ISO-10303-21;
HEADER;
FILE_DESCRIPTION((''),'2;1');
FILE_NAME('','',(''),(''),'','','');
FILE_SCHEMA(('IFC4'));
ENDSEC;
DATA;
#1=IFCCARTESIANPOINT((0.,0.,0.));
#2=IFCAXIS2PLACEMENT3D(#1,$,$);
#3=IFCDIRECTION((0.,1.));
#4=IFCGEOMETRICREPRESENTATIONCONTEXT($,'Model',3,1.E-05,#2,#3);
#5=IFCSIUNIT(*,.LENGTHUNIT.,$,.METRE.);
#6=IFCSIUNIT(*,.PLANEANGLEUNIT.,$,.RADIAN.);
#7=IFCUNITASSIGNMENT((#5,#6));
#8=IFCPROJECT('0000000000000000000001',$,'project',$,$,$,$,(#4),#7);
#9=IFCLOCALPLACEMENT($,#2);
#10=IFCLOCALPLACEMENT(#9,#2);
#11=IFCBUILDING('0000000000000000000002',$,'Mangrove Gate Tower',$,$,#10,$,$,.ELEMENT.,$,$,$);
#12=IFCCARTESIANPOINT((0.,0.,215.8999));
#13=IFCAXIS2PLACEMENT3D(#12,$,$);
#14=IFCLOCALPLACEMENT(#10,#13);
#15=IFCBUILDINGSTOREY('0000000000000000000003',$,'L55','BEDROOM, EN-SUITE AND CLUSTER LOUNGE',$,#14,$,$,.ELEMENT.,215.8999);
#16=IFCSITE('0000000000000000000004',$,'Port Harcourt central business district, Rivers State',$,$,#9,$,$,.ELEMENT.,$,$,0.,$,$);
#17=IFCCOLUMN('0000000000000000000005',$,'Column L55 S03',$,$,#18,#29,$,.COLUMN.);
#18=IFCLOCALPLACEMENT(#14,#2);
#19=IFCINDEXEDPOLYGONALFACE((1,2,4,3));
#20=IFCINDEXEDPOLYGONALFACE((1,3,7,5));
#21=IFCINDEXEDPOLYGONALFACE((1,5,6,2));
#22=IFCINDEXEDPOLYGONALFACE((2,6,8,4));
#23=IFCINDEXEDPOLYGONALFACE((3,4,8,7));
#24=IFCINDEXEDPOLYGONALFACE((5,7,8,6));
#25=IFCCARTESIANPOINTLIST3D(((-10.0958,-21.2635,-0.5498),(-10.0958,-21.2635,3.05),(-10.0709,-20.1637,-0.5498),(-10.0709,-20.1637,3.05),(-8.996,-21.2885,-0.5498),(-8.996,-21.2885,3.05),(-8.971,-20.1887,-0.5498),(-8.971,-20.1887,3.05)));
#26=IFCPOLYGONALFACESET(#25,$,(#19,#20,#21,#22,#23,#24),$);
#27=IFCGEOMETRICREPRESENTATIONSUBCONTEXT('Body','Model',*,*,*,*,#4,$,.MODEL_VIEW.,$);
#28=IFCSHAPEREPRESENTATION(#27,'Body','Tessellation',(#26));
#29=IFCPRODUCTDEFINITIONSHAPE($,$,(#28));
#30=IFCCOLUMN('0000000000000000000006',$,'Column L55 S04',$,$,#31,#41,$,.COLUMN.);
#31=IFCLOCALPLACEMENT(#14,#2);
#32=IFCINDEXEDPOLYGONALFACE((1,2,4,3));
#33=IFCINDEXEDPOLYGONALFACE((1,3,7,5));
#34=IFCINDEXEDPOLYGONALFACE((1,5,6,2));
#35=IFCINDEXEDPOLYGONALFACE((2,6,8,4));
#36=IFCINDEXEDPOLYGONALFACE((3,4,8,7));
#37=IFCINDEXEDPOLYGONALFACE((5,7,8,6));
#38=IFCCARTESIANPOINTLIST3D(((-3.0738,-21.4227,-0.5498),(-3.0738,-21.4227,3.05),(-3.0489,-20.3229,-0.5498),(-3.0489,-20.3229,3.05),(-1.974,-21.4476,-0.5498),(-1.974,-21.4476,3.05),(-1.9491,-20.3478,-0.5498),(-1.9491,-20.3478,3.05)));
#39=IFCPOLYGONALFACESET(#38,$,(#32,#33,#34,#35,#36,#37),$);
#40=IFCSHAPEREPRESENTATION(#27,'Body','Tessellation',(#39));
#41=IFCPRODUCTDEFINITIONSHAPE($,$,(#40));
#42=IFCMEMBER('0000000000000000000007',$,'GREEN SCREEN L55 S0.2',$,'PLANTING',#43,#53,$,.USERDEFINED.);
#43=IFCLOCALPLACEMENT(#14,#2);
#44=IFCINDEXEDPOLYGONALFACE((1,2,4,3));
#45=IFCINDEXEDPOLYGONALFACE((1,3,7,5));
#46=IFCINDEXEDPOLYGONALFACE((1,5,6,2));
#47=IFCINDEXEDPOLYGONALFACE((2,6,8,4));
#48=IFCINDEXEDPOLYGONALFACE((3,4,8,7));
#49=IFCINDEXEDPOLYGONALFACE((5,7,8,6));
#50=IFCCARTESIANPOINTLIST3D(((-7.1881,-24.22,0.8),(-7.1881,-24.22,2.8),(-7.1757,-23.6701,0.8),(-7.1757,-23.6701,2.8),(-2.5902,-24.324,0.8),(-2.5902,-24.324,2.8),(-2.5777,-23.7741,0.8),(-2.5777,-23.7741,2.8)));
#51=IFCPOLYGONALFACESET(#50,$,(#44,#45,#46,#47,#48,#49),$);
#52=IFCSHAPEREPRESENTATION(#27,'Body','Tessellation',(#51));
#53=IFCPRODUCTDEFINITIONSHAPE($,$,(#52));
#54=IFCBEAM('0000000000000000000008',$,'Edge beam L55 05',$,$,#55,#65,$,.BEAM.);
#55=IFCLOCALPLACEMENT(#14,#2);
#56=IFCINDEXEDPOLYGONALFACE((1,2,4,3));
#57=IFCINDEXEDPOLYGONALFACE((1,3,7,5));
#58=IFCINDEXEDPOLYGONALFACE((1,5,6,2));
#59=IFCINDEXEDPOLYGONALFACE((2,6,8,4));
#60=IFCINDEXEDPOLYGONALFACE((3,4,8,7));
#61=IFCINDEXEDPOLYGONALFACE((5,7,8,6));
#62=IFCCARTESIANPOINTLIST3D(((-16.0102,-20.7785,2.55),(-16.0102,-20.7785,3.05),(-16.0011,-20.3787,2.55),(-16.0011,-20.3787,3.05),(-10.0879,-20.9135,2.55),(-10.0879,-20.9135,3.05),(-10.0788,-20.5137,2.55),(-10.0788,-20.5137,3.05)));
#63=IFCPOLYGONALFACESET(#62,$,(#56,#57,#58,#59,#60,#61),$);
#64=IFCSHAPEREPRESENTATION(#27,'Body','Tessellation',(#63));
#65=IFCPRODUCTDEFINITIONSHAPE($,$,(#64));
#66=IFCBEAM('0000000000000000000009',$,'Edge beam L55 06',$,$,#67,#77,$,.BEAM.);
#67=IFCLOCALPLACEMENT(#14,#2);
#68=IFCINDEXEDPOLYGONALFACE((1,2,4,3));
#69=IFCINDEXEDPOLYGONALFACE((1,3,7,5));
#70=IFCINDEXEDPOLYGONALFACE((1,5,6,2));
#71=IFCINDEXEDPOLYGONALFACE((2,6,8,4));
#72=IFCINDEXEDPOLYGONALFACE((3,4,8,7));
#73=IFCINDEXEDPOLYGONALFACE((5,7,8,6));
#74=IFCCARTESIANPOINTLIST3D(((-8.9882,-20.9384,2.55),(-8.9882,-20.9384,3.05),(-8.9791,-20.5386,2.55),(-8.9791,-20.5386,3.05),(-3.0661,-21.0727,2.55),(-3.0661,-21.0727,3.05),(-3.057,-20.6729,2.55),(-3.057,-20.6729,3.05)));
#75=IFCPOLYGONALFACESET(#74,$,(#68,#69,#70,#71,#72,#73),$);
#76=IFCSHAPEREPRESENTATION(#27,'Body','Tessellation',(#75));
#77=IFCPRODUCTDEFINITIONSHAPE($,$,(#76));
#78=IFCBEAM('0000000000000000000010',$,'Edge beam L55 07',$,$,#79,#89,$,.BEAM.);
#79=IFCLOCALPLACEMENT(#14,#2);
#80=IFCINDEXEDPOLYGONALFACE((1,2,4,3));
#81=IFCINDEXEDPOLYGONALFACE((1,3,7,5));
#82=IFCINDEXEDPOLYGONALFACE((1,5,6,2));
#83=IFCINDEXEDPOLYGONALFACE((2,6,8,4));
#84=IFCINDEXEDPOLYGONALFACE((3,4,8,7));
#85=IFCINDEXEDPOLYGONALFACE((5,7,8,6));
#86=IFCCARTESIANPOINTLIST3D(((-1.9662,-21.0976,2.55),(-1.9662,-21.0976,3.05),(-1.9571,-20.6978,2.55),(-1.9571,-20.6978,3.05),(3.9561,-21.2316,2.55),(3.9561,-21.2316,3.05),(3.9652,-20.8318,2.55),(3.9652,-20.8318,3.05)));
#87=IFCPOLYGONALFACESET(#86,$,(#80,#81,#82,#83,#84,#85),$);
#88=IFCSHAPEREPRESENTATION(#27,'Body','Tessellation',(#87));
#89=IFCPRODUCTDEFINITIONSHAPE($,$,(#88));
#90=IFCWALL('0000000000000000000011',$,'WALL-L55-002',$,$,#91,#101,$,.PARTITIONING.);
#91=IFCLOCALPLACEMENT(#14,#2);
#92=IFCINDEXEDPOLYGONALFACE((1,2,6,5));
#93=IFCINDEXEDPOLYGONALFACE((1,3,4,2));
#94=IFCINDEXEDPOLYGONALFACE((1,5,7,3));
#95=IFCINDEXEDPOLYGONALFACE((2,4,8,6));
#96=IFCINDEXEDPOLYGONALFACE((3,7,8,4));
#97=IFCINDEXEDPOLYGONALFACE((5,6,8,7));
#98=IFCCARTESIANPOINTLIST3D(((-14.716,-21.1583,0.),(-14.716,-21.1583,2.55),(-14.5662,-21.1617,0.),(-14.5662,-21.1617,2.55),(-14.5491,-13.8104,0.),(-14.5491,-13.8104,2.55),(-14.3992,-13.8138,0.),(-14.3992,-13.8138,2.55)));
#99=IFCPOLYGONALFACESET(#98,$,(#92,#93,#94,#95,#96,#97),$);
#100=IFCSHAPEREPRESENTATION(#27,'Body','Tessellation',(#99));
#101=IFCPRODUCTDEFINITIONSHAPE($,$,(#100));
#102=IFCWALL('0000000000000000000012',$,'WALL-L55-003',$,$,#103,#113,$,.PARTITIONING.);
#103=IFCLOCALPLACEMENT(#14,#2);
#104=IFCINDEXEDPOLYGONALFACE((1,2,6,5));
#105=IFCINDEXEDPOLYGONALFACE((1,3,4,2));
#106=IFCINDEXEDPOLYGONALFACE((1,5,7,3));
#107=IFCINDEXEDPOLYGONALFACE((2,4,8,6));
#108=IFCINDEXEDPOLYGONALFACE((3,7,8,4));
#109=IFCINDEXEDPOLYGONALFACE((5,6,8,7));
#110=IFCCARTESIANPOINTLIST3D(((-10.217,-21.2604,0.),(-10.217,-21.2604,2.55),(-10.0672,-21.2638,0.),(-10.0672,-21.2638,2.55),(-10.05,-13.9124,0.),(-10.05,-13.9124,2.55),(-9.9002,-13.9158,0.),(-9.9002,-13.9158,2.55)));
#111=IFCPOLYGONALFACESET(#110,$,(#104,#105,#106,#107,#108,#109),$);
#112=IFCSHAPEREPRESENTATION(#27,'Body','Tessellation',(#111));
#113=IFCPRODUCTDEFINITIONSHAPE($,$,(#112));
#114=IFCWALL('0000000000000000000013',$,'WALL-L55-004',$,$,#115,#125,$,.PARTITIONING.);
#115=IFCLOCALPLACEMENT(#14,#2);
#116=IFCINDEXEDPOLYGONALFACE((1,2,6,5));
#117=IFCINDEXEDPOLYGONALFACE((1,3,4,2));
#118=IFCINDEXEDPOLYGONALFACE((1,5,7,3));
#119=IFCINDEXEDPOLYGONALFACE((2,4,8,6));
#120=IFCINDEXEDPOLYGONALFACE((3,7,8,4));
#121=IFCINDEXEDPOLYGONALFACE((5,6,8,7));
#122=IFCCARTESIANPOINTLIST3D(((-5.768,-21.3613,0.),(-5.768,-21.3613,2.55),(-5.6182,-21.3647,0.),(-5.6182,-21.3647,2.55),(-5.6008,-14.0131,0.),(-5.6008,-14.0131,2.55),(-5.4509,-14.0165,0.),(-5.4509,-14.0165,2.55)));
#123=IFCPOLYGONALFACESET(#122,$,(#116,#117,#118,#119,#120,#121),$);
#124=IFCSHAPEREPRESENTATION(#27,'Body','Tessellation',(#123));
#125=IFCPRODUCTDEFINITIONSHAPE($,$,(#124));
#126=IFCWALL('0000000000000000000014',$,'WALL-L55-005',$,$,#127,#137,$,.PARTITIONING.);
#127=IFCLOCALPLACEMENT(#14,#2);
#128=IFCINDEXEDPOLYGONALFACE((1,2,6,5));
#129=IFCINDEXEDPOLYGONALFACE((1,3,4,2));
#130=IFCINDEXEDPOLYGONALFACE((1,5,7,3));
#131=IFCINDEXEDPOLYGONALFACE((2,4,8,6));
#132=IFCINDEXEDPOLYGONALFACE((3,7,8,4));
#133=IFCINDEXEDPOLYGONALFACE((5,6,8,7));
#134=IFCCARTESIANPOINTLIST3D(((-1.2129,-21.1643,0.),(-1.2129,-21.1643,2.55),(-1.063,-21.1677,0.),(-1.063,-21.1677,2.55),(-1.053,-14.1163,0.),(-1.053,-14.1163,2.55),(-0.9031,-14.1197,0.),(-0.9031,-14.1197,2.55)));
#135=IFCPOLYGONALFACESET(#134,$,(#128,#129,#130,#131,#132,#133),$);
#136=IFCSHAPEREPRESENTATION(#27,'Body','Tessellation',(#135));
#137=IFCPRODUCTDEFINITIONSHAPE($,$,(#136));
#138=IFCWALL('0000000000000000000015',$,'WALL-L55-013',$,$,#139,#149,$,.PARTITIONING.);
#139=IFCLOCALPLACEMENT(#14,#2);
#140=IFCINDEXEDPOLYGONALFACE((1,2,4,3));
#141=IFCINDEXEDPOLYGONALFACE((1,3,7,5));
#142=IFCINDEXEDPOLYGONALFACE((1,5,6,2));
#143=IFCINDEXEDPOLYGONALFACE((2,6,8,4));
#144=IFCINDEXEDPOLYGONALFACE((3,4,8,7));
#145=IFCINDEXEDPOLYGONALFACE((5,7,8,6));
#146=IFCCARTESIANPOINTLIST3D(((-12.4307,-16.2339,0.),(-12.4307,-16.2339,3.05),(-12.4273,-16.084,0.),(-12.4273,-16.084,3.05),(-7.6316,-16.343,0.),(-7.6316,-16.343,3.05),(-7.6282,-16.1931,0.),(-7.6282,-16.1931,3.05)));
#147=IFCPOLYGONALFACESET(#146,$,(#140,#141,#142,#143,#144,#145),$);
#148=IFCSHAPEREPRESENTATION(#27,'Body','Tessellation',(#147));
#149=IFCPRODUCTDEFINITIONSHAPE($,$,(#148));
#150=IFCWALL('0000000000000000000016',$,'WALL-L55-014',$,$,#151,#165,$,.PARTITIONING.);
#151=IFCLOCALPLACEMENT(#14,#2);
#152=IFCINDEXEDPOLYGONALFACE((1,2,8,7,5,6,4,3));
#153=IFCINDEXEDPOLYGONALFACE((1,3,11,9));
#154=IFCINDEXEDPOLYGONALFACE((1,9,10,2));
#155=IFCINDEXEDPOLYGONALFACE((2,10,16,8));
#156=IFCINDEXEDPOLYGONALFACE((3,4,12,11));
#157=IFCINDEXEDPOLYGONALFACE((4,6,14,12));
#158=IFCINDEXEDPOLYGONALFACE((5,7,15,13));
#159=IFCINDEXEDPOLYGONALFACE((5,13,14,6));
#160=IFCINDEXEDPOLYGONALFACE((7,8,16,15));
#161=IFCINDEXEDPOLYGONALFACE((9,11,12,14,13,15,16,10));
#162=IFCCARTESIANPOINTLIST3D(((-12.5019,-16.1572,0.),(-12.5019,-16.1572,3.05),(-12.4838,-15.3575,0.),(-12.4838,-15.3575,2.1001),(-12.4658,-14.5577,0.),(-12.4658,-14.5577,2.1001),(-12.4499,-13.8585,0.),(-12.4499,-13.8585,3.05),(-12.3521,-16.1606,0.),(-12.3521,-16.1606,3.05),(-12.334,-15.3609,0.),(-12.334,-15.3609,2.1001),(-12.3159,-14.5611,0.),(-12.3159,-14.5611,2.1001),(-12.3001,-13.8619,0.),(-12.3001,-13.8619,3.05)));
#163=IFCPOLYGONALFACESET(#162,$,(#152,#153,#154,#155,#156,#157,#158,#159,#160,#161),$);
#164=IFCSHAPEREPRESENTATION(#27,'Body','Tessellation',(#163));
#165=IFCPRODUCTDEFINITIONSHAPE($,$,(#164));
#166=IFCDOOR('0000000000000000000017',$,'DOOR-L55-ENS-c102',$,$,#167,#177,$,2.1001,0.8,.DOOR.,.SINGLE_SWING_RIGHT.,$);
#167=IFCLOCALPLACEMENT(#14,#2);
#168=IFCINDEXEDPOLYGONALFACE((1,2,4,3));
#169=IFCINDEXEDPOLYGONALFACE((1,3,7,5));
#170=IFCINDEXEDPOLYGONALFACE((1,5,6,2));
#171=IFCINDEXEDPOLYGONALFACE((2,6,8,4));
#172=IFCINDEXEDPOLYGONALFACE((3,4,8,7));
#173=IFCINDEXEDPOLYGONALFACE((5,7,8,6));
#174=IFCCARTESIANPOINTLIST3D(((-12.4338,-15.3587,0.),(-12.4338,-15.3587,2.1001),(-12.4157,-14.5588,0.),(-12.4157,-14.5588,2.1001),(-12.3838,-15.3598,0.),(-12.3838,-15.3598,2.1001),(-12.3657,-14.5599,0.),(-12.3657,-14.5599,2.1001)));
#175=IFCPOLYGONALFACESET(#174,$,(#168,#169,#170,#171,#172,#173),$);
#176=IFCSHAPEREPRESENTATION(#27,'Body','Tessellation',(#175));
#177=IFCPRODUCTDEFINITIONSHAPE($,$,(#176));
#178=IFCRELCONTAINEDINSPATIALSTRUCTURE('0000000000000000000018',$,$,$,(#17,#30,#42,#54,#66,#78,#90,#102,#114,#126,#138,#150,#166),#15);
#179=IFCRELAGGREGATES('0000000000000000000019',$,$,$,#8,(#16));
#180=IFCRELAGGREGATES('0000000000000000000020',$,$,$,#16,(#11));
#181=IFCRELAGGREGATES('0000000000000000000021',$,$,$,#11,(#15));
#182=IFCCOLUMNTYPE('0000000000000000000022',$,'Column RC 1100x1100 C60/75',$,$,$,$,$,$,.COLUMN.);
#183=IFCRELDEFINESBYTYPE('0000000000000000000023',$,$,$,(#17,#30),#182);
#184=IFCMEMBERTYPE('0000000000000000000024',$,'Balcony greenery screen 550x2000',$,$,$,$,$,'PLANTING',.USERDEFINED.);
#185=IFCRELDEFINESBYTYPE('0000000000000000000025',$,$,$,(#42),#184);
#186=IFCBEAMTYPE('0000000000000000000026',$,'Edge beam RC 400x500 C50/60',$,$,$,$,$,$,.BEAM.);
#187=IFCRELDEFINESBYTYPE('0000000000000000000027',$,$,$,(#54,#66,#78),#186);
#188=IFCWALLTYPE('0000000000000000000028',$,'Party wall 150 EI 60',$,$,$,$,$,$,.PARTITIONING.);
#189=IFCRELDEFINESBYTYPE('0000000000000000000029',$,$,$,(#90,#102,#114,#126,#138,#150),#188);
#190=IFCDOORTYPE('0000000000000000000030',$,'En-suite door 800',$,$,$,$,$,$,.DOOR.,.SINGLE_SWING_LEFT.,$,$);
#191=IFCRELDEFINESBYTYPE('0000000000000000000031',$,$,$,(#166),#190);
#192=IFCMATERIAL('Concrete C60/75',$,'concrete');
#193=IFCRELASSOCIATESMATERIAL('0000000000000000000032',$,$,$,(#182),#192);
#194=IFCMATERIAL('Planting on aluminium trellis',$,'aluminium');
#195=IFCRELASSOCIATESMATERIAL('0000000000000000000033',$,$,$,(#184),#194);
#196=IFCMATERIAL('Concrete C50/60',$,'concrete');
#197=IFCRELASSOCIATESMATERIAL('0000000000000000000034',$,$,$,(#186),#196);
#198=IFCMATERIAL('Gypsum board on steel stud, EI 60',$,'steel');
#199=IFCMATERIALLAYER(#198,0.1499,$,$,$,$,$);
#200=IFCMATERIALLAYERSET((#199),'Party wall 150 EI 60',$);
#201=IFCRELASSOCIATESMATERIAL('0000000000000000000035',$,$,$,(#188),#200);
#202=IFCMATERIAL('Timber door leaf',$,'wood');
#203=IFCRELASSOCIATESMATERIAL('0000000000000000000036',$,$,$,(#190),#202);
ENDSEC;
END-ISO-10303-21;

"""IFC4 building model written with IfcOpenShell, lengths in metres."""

from ifc_helpers import new_model, si_unit, direction, frame, frame_2d, origin, origin_2d, place, context, subcontext, project, spatial, rectangle, extrude, material, layer, layer_set, material_profile, profile_set, type_object, element, fill, save


model = new_model("IFC4")

# Units and contexts
model_context = context("Model", 3, precision=1e-05, world=origin(), true_north=direction((0.0, 1.0)))
body_context = subcontext(model_context, "Body", "Model", "MODEL_VIEW")
ifc_project = project(units=[si_unit("LENGTHUNIT", "METRE"), si_unit("PLANEANGLEUNIT", "RADIAN")], contexts=[model_context])

# Site, building, storey
site_placement = place(None, origin())
site = spatial("IfcSite", under=ifc_project, at=site_placement, Name="Port Harcourt central business district, Rivers State", CompositionType="ELEMENT", RefElevation=0.0)
building_placement = place(site_placement, origin())
building = spatial("IfcBuilding", under=site, at=building_placement, Name="Mangrove Gate Tower", CompositionType="ELEMENT")
storey_placement = place(building_placement, frame((0.0, 0.0, 215.8999)))
storey = spatial("IfcBuildingStorey", under=building, at=storey_placement, Name="L55", Description="BEDROOM, EN-SUITE AND CLUSTER LOUNGE", CompositionType="ELEMENT", Elevation=215.8999)

# Columns
ifc_material_1 = material(Name="Concrete C60/75", Category="concrete")
ifc_material_profile_1 = material_profile(ifc_material_1, rectangle(XDim=1.1001, YDim=1.1001, at=origin_2d()))
ifc_profile_set_1 = profile_set([ifc_material_profile_1], Name="Concrete C60/75")
column_type = type_object("IfcColumnType", Name="Column RC 1100x1100 C60/75", PredefinedType="COLUMN", material=ifc_profile_set_1)
for number, where, z_axis, x_axis, name in (
    (1, (-9.5334, -20.7261, -0.5498), (0.0, 0.0, 1.0), (0.999742, -0.022708, 0.0), "Column L55 S03"),
    (2, (-2.5115, -20.8853, -0.5498), (0.0, 0.0, 1.0), (0.999744, -0.022637, 0.0), "Column L55 S04"),
):
    element("IfcColumn", number, at=place(storey_placement, frame(where, z_axis=z_axis, x_axis=x_axis)), inside=storey, type_object=column_type, Name=name, PredefinedType="COLUMN", context=body_context, shape_type="SweptSolid", body=[
        extrude(rectangle(XDim=1.1001, YDim=1.1001, at=origin_2d()), origin(), (0.0, 0.0, 1.0), 3.5999),
    ])

# Member
ifc_material_2 = material(Name="Planting on aluminium trellis", Category="aluminium")
ifc_material_profile_2 = material_profile(ifc_material_2, rectangle(XDim=0.55, YDim=2.0, at=origin_2d()))
ifc_profile_set_2 = profile_set([ifc_material_profile_2], Name="Planting on aluminium trellis")
member_type = type_object("IfcMemberType", Name="Balcony greenery screen 550x2000", ElementType="PLANTING", PredefinedType="USERDEFINED", material=ifc_profile_set_2)
member_placement = place(storey_placement, frame((-7.1819, -23.9451, 1.8), z_axis=(0.999744, -0.022614, 0.0), x_axis=(0.022614, 0.999744, 0.0)))
element("IfcMember", 3, at=member_placement, inside=storey, type_object=member_type, Name="GREEN SCREEN L55 S0.2", ObjectType="PLANTING", PredefinedType="USERDEFINED", context=body_context, shape_type="SweptSolid", body=[
    extrude(rectangle(XDim=0.55, YDim=2.0, at=origin_2d()), origin(), (0.0, 0.0, 1.0), 4.5991),
])

# Beams
ifc_material_3 = material(Name="Concrete C50/60", Category="concrete")
ifc_material_profile_3 = material_profile(ifc_material_3, rectangle(XDim=0.3999, YDim=0.5, at=origin_2d()))
ifc_profile_set_3 = profile_set([ifc_material_profile_3], Name="Concrete C50/60")
beam_type = type_object("IfcBeamType", Name="Edge beam RC 400x500 C50/60", PredefinedType="BEAM", material=ifc_profile_set_3)
beam_1_placement = place(storey_placement, frame((-16.0056, -20.5786, 2.8), z_axis=(0.99974, -0.022791, 0.0), x_axis=(0.022791, 0.99974, 0.0)))
element("IfcBeam", 4, at=beam_1_placement, inside=storey, type_object=beam_type, Name="Edge beam L55 05", PredefinedType="BEAM", context=body_context, shape_type="SweptSolid", body=[
    extrude(rectangle(XDim=0.3999, YDim=0.5, at=origin_2d()), origin(), (0.0, 0.0, 1.0), 5.9238),
])
beam_2_placement = place(storey_placement, frame((-8.9836, -20.7385, 2.8), z_axis=(0.999743, -0.022668, 0.0), x_axis=(0.022668, 0.999743, 0.0)))
element("IfcBeam", 5, at=beam_2_placement, inside=storey, type_object=beam_type, Name="Edge beam L55 06", PredefinedType="BEAM", context=body_context, shape_type="SweptSolid", body=[
    extrude(rectangle(XDim=0.3999, YDim=0.5, at=origin_2d()), origin(), (0.0, 0.0, 1.0), 5.9236),
])
beam_3_placement = place(storey_placement, frame((-1.9617, -20.8977, 2.8), z_axis=(0.999744, -0.022626, 0.0), x_axis=(0.022626, 0.999744, 0.0)))
element("IfcBeam", 6, at=beam_3_placement, inside=storey, type_object=beam_type, Name="Edge beam L55 07", PredefinedType="BEAM", context=body_context, shape_type="SweptSolid", body=[
    extrude(rectangle(XDim=0.3999, YDim=0.5, at=origin_2d()), origin(), (0.0, 0.0, 1.0), 5.9238),
])

# Walls
ifc_material_4 = material(Name="Gypsum board on steel stud, EI 60", Category="steel")
ifc_layer_1 = layer(ifc_material_4, 0.1499)
ifc_layer_set_1 = layer_set([ifc_layer_1], Name="Party wall 150 EI 60")
wall_type_1 = type_object("IfcWallType", Name="Party wall 150 EI 60", PredefinedType="PARTITIONING", material=ifc_layer_set_1)
for number, where, z_axis, x_axis, name in (
    (7, (-14.6411, -21.1599, 0.0), (0.0, 0.0, 1.0), (0.022721, 0.999742, 0.0), "WALL-L55-002"),
    (8, (-10.1421, -21.262, 0.0), (0.0, 0.0, 1.0), (0.022721, 0.999742, 0.0), "WALL-L55-003"),
):
    element("IfcWall", number, at=place(storey_placement, frame(where, z_axis=z_axis, x_axis=x_axis)), inside=storey, type_object=wall_type_1, Name=name, PredefinedType="PARTITIONING", context=body_context, shape_type="SweptSolid", body=[
        extrude(rectangle(XDim=7.3499, YDim=0.1499, at=frame_2d((3.6748, 0.0))), origin(), (0.0, 0.0, 1.0), 2.55),
    ])
wall_1_placement = place(storey_placement, frame((-5.6931, -21.363, 0.0), z_axis=(0.0, 0.0, 1.0), x_axis=(0.022753, 0.999741, 0.0)))
element("IfcWall", 9, at=wall_1_placement, inside=storey, type_object=wall_type_1, Name="WALL-L55-004", PredefinedType="PARTITIONING", context=body_context, shape_type="SweptSolid", body=[
    extrude(rectangle(XDim=7.3501, YDim=0.1499, at=frame_2d((3.675, 0.0))), origin(), (0.0, 0.0, 1.0), 2.55),
])
wall_2_placement = place(storey_placement, frame((-1.1379, -21.166, 0.0), z_axis=(0.0, 0.0, 1.0), x_axis=(0.022683, 0.999743, 0.0)))
element("IfcWall", 10, at=wall_2_placement, inside=storey, type_object=wall_type_1, Name="WALL-L55-005", PredefinedType="PARTITIONING", context=body_context, shape_type="SweptSolid", body=[
    extrude(rectangle(XDim=7.0498, YDim=0.1499, at=frame_2d((3.5249, 0.0))), origin(), (0.0, 0.0, 1.0), 2.55),
])
wall_3_placement = place(storey_placement, frame((-12.429, -16.1589, 0.0), z_axis=(0.0, 0.0, 1.0), x_axis=(0.999742, -0.022734, 0.0)))
element("IfcWall", 11, at=wall_3_placement, inside=storey, type_object=wall_type_1, Name="WALL-L55-013", PredefinedType="PARTITIONING", context=body_context, shape_type="SweptSolid", body=[
    extrude(rectangle(XDim=4.8003, YDim=0.1499, at=frame_2d((2.4001, 0.0))), origin(), (0.0, 0.0, 1.0), 3.05),
])

# Wall, opening, door
wall_4_placement = place(storey_placement, frame((-12.427, -16.1589, 0.0), z_axis=(0.0, 0.0, 1.0), x_axis=(0.022615, 0.999744, 0.0)))
wall_4 = element("IfcWall", 12, at=wall_4_placement, inside=storey, type_object=wall_type_1, Name="WALL-L55-014", PredefinedType="PARTITIONING", context=body_context, shape_type="SweptSolid", body=[
    extrude(rectangle(XDim=2.2993, YDim=0.1499, at=frame_2d((1.1497, 0.0))), origin(), (0.0, 0.0, 1.0), 3.05),
])
opening_1_placement = place(wall_4_placement, frame((0.8, 0.0, 0.0)))
opening_1 = element("IfcOpeningElement", 13, at=opening_1_placement, cuts=wall_4, PredefinedType="OPENING", context=body_context, shape_type="SweptSolid", body=[
    extrude(rectangle(XDim=0.8, YDim=2.1001, at=frame_2d((0.3999, 1.05))), frame((0.0, 0.085, 0.0), z_axis=(0.0, -1.0, 0.0), x_axis=(1.0, 0.0, 0.0)), (0.0, 0.0, 1.0), 0.1699),
])
ifc_material_5 = material(Name="Timber door leaf", Category="wood")
door_type = type_object("IfcDoorType", Name="En-suite door 800", OperationType="SINGLE_SWING_LEFT", PredefinedType="DOOR", material=ifc_material_5)
door_1_placement = place(opening_1_placement, origin())
door_1 = element("IfcDoor", 14, at=door_1_placement, inside=storey, type_object=door_type, Name="DOOR-L55-ENS-c102", OperationType="SINGLE_SWING_RIGHT", OverallHeight=2.1001, OverallWidth=0.8, PredefinedType="DOOR", context=body_context, shape_type="SweptSolid", body=[
    extrude(rectangle(XDim=0.8, YDim=2.1001, at=frame_2d((0.3999, 1.05))), frame((0.0, 0.0249, 0.0), z_axis=(0.0, -1.0, 0.0), x_axis=(1.0, 0.0, 0.0)), (0.0, 0.0, 1.0), 0.05),
])
fill(opening_1, door_1)

save(model, "model.ifc")
